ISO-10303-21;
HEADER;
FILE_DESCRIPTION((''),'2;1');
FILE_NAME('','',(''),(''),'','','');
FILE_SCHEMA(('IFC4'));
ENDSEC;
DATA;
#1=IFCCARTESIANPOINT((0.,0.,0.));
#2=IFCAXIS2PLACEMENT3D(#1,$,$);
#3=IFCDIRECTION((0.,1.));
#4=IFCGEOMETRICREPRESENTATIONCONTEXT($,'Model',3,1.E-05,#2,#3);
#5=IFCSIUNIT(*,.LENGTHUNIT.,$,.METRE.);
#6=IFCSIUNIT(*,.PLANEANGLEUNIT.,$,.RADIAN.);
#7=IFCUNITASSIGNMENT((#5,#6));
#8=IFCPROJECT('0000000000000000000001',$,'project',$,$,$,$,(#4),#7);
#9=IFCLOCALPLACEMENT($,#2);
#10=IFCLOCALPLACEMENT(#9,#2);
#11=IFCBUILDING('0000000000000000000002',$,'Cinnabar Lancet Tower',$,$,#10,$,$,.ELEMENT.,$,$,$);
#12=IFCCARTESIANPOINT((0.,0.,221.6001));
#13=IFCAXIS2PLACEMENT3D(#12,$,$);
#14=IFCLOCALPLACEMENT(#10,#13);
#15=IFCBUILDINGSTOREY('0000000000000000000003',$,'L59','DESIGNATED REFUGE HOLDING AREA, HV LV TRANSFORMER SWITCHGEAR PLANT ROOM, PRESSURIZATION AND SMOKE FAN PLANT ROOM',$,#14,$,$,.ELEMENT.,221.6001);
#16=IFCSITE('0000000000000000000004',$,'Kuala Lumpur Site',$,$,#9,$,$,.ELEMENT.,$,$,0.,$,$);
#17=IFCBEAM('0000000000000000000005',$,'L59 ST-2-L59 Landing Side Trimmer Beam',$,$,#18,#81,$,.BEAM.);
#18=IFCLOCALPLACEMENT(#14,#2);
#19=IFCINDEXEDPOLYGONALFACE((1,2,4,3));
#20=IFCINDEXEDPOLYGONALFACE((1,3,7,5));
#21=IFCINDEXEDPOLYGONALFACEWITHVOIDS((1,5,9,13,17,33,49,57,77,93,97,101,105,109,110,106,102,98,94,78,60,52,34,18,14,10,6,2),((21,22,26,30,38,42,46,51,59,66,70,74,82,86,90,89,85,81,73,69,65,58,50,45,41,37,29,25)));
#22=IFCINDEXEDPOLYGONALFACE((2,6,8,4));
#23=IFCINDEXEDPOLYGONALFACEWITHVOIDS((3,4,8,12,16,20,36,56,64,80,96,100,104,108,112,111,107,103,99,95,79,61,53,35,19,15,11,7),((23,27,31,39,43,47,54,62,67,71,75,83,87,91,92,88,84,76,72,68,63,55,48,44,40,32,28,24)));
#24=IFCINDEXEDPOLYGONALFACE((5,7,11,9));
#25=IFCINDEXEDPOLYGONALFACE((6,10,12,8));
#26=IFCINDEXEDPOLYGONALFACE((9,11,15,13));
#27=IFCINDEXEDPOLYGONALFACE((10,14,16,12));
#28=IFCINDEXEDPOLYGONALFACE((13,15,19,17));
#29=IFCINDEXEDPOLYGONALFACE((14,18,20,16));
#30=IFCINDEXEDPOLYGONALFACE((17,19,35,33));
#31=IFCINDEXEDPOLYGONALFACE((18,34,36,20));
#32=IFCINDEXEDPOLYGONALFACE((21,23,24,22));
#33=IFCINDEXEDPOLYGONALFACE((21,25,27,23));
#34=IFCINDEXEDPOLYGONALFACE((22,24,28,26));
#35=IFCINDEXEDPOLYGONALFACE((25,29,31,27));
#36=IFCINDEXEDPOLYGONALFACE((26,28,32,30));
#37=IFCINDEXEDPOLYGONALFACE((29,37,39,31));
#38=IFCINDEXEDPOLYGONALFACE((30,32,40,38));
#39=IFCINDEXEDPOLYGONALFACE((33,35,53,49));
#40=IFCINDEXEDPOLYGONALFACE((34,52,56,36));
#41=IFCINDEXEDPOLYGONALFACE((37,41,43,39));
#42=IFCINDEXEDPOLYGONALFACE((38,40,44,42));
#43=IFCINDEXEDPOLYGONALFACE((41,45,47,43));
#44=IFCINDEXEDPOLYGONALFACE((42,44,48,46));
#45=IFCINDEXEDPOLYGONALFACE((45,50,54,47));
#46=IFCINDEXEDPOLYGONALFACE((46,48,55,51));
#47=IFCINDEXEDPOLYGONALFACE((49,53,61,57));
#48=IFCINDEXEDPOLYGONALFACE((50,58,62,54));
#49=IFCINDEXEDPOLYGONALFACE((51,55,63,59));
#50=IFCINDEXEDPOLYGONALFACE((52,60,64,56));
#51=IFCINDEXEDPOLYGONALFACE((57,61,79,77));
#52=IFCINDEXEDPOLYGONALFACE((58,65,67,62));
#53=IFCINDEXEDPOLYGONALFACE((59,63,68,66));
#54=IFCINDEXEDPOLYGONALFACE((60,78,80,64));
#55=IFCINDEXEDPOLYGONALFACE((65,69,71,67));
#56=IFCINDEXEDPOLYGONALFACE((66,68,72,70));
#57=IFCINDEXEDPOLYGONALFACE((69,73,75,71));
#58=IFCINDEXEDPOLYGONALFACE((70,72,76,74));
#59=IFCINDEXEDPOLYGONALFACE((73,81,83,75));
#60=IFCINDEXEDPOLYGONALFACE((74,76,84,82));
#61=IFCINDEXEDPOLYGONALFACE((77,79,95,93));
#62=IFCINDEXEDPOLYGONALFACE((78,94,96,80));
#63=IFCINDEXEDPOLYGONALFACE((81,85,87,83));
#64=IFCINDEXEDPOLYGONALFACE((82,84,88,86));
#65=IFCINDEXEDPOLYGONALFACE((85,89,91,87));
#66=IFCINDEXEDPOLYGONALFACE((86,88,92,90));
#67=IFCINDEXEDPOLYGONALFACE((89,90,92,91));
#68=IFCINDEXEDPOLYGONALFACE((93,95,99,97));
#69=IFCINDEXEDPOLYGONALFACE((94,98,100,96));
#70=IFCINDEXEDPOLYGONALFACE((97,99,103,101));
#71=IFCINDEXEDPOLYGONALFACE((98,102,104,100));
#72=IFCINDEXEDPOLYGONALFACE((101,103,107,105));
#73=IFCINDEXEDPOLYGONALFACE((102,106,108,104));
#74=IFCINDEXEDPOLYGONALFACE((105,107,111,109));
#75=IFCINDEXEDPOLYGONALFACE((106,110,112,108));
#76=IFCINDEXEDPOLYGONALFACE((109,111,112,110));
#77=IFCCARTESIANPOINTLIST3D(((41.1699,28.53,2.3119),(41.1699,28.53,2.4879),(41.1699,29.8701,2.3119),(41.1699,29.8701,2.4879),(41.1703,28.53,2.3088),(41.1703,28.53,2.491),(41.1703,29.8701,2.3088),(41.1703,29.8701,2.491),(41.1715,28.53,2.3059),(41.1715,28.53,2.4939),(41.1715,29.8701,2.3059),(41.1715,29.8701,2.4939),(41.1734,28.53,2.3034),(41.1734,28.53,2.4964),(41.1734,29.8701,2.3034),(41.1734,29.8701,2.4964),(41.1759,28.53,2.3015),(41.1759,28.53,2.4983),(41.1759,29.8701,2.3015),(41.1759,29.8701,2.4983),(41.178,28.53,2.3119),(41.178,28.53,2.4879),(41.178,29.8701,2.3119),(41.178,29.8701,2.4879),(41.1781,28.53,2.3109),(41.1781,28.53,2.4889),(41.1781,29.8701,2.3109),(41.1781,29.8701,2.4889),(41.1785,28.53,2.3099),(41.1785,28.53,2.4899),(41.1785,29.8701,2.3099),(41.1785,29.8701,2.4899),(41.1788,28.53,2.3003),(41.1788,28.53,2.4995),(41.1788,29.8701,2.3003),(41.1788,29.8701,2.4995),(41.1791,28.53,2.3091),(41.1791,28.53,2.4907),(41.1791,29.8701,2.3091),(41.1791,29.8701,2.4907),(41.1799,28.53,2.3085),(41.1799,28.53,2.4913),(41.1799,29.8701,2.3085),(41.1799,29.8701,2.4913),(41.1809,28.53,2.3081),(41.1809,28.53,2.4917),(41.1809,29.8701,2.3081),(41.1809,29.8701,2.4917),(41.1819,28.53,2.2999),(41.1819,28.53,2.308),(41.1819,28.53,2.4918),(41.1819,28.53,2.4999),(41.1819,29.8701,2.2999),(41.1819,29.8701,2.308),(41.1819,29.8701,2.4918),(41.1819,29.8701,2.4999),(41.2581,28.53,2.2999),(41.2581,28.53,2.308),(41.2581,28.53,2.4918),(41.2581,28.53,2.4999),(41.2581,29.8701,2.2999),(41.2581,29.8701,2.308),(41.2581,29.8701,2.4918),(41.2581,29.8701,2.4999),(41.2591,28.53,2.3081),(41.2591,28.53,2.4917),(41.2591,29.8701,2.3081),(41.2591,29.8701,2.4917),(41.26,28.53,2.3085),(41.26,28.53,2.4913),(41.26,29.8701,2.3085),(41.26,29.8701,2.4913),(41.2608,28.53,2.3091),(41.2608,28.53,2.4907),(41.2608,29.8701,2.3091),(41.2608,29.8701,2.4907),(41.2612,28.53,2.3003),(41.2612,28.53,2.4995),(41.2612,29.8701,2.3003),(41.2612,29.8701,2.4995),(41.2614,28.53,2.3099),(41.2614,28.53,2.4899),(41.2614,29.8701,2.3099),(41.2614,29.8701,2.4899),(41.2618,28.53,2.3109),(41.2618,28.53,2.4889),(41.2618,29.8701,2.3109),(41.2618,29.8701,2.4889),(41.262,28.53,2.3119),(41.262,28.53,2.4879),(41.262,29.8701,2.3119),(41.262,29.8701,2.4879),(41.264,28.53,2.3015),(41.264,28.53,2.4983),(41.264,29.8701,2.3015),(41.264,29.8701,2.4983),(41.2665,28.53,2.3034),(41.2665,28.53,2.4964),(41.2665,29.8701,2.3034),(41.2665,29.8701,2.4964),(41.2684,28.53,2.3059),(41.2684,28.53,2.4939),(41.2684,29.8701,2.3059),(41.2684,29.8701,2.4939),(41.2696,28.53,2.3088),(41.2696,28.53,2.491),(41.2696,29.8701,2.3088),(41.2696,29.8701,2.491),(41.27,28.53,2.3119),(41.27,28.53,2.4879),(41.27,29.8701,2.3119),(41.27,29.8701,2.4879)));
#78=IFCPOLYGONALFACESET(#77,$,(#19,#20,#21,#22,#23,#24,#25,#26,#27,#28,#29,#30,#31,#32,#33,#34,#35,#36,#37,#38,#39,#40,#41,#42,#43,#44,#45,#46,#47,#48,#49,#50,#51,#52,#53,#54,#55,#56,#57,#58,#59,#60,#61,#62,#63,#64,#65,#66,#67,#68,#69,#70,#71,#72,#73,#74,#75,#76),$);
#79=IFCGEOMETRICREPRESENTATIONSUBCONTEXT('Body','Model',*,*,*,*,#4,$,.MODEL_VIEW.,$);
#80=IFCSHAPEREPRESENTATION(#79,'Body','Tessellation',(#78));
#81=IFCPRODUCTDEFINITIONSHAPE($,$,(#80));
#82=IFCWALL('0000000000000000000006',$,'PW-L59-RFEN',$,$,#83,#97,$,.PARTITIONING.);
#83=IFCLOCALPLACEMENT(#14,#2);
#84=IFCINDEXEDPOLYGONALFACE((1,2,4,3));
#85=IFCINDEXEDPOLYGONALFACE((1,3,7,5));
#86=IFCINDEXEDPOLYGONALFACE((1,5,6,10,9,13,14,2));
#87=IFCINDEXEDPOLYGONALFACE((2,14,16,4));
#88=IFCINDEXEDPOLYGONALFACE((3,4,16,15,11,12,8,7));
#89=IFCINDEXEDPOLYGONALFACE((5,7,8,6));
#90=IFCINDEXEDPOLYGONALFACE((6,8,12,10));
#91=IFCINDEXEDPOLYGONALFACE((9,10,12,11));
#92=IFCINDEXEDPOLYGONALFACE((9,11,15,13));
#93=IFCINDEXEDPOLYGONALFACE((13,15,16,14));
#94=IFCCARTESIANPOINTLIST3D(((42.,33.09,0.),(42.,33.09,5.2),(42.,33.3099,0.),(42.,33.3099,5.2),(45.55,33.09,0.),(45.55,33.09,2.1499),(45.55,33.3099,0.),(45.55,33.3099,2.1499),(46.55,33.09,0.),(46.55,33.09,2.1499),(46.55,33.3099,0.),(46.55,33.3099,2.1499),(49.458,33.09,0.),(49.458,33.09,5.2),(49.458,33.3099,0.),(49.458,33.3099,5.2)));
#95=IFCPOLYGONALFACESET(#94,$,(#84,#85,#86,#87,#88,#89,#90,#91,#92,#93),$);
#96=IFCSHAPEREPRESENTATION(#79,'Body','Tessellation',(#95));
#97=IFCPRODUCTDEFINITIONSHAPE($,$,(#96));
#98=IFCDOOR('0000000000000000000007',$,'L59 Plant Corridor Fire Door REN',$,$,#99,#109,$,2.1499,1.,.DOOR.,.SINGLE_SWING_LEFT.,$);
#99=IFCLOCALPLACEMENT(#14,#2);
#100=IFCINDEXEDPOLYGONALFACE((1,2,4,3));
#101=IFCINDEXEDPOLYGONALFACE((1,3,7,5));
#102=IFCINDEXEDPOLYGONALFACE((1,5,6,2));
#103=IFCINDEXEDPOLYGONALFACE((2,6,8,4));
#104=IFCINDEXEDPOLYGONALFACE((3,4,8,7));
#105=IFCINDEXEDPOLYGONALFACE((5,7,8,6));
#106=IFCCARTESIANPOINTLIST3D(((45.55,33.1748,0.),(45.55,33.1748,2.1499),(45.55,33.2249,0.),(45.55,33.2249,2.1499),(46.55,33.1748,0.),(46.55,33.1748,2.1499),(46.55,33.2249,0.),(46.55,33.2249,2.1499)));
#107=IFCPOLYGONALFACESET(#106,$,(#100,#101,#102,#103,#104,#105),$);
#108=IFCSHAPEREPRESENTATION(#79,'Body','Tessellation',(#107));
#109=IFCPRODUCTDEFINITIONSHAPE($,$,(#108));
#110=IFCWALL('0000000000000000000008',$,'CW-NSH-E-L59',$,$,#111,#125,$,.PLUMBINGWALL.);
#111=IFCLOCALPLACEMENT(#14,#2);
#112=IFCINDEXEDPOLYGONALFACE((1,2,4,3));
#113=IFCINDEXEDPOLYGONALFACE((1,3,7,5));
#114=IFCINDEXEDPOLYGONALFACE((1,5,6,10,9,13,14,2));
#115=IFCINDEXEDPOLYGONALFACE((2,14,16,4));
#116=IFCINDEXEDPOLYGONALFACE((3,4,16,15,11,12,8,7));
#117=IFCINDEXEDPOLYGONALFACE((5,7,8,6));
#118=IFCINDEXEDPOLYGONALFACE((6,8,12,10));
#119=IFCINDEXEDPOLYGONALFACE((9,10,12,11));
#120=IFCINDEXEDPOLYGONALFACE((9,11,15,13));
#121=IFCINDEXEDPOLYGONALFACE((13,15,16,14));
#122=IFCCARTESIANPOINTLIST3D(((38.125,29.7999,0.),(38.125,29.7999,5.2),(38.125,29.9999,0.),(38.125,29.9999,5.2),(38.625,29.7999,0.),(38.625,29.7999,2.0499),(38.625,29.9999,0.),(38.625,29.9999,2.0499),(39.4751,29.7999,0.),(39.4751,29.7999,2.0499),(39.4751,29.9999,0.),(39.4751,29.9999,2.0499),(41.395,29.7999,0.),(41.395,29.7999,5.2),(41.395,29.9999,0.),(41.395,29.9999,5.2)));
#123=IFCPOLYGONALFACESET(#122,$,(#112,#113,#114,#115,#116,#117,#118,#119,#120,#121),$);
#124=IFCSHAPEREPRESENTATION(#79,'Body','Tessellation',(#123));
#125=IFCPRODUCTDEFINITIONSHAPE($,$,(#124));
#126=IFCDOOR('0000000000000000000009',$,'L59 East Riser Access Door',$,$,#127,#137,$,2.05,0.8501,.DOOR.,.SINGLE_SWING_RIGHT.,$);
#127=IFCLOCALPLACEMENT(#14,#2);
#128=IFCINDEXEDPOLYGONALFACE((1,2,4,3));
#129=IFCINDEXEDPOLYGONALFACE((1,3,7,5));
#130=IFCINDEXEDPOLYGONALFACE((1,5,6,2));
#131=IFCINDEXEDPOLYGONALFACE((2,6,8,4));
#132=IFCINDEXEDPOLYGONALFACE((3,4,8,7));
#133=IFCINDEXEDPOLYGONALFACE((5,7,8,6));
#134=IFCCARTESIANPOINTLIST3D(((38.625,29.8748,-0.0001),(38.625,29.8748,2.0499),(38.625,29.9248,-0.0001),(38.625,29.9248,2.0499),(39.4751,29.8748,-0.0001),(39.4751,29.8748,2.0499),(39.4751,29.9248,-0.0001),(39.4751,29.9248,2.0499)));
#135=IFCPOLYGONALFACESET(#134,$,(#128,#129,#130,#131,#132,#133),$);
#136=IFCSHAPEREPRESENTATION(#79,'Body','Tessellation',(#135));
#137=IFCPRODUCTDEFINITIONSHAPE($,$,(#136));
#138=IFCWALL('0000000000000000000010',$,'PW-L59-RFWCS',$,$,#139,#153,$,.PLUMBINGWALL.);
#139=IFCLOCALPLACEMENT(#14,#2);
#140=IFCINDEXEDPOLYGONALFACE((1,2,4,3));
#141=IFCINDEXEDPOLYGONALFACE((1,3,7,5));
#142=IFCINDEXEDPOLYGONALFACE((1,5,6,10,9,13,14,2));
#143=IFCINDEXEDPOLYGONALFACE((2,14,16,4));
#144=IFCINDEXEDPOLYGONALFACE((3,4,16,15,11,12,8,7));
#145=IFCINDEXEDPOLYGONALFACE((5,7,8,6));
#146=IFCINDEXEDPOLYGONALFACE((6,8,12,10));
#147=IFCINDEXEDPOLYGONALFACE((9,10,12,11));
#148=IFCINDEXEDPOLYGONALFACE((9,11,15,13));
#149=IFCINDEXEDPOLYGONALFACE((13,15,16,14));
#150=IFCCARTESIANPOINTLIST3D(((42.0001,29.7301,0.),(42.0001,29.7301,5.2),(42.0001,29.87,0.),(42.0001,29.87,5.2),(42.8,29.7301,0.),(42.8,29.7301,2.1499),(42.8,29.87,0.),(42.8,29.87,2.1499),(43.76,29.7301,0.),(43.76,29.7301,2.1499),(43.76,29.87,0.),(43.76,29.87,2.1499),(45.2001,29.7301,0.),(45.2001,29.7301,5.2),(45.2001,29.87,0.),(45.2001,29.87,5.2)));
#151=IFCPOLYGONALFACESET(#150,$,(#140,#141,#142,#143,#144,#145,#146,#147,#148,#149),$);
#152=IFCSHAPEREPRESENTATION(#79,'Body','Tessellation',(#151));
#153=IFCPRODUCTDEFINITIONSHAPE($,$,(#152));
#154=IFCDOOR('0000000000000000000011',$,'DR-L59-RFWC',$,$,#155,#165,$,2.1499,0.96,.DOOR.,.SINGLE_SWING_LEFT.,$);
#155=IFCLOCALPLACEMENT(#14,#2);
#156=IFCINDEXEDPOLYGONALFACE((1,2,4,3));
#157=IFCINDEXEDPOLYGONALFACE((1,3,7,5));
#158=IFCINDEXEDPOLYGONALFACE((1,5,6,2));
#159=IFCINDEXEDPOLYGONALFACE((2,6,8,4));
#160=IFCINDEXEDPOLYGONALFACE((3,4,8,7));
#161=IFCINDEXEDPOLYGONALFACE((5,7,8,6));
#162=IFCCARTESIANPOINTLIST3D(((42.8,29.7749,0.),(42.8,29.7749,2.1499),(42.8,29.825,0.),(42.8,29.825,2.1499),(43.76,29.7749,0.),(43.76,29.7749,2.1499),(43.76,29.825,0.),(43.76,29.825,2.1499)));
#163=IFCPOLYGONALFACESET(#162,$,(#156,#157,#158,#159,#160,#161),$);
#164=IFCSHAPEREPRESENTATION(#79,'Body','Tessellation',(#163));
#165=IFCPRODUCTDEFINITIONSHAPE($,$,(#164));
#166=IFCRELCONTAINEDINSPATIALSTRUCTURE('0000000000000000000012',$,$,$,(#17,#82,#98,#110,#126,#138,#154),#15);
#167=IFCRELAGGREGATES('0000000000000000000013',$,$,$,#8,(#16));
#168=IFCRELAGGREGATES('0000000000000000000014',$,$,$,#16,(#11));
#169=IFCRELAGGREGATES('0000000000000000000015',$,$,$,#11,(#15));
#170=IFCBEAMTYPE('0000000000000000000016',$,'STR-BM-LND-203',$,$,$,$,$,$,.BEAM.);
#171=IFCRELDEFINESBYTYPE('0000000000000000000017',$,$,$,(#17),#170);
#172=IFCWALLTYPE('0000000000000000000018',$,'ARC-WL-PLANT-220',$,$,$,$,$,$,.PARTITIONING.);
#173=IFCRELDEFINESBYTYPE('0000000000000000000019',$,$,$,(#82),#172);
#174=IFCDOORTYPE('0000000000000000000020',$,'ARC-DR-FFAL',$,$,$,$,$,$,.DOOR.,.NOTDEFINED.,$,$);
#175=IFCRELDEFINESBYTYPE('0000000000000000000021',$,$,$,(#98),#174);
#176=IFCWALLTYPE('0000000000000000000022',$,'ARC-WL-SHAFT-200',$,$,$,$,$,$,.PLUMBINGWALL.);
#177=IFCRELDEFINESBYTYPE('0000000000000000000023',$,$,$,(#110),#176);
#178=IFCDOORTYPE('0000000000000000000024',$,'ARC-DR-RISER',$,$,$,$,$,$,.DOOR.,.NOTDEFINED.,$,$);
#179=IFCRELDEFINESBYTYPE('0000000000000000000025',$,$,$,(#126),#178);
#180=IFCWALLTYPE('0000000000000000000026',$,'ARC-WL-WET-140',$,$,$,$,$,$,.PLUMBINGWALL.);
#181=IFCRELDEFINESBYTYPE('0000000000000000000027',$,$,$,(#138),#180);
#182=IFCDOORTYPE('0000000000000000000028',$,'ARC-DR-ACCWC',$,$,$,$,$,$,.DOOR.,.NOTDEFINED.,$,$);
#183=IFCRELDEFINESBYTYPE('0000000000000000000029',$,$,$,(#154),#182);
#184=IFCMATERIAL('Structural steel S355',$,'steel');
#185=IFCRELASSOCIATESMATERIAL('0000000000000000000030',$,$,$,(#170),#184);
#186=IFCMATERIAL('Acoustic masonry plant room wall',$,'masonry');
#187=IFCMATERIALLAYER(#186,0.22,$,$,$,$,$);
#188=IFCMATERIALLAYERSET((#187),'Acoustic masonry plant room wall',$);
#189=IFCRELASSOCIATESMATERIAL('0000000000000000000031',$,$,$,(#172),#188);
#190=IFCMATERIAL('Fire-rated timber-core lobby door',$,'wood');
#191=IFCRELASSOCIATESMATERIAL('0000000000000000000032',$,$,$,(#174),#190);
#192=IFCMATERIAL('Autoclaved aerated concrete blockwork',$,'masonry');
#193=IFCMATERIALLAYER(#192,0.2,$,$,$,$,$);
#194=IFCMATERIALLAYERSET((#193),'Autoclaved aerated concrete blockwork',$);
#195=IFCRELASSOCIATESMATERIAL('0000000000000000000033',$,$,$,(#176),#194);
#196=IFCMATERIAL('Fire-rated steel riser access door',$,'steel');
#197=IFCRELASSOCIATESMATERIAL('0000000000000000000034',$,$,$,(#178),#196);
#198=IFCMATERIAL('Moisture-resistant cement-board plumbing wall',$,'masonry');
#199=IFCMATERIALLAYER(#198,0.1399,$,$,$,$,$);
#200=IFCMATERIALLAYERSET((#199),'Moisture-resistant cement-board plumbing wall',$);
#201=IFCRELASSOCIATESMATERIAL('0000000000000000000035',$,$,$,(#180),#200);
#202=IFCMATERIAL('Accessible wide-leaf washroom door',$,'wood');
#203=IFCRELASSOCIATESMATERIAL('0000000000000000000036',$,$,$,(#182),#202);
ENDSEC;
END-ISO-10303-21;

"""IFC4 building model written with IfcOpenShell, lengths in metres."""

from ifc_helpers import new_model, si_unit, direction, frame, frame_2d, origin, origin_2d, place, context, subcontext, project, spatial, rectangle, hollow_rectangle, extrude, material, layer, layer_set, material_profile, profile_set, type_object, element, fill, save


model = new_model("IFC4")

# Units and contexts
model_context = context("Model", 3, precision=1e-05, world=origin(), true_north=direction((0.0, 1.0)))
body_context = subcontext(model_context, "Body", "Model", "MODEL_VIEW")
ifc_project = project(units=[si_unit("LENGTHUNIT", "METRE"), si_unit("PLANEANGLEUNIT", "RADIAN")], contexts=[model_context])

# Site, building, storey
site_placement = place(None, origin())
site = spatial("IfcSite", under=ifc_project, at=site_placement, Name="Kuala Lumpur Site", CompositionType="ELEMENT", RefElevation=0.0)
building_placement = place(site_placement, origin())
building = spatial("IfcBuilding", under=site, at=building_placement, Name="Cinnabar Lancet Tower", CompositionType="ELEMENT")
storey_placement = place(building_placement, frame((0.0, 0.0, 221.6001)))
storey = spatial("IfcBuildingStorey", under=building, at=storey_placement, Name="L59", Description="DESIGNATED REFUGE HOLDING AREA, HV LV TRANSFORMER SWITCHGEAR PLANT ROOM, PRESSURIZATION AND SMOKE FAN PLANT ROOM", CompositionType="ELEMENT", Elevation=221.6001)

# Beam
ifc_material_1 = material(Name="Structural steel S355", Category="steel")
ifc_material_profile_1 = material_profile(ifc_material_1, hollow_rectangle(XDim=0.1001, YDim=0.2, WallThickness=0.0081, InnerFilletRadius=0.0039, OuterFilletRadius=0.012, at=origin_2d()), Name="RHS 200x100x8")
ifc_profile_set_1 = profile_set([ifc_material_profile_1], Name="Structural steel S355")
beam_type = type_object("IfcBeamType", Name="STR-BM-LND-203", PredefinedType="BEAM", material=ifc_profile_set_1)
beam_placement = place(storey_placement, frame((41.22, 28.53, 2.3999), z_axis=(0.0, 1.0, 0.0), x_axis=(-1.0, 0.0, 0.0)))
element("IfcBeam", 1, at=beam_placement, inside=storey, type_object=beam_type, Name="L59 ST-2-L59 Landing Side Trimmer Beam", PredefinedType="BEAM", context=body_context, shape_type="SweptSolid", body=[
    extrude(hollow_rectangle(XDim=0.1001, YDim=0.2, WallThickness=0.0081, InnerFilletRadius=0.0039, OuterFilletRadius=0.012, at=origin_2d()), origin(), (0.0, 0.0, 1.0), 1.3401),
])

# Walls, openings, doors
ifc_material_2 = material(Name="Acoustic masonry plant room wall", Category="masonry")
ifc_layer_1 = layer(ifc_material_2, 0.22)
ifc_layer_set_1 = layer_set([ifc_layer_1], Name="Acoustic masonry plant room wall")
wall_type_1 = type_object("IfcWallType", Name="ARC-WL-PLANT-220", PredefinedType="PARTITIONING", material=ifc_layer_set_1)
wall_1_placement = place(storey_placement, frame((42.0, 33.2, 0.0), z_axis=(0.0, 0.0, 1.0), x_axis=(1.0, 0.0, 0.0)))
wall_1 = element("IfcWall", 2, at=wall_1_placement, inside=storey, type_object=wall_type_1, Name="PW-L59-RFEN", PredefinedType="PARTITIONING", context=body_context, shape_type="SweptSolid", body=[
    extrude(rectangle(XDim=7.458, YDim=0.22, at=frame_2d((3.729, 0.0))), origin(), (0.0, 0.0, 1.0), 5.2),
])
opening_1_placement = place(wall_1_placement, frame((3.55, 0.0, 0.0)))
opening_1 = element("IfcOpeningElement", 3, at=opening_1_placement, cuts=wall_1, PredefinedType="OPENING", context=body_context, shape_type="SweptSolid", body=[
    extrude(rectangle(XDim=1.0, YDim=2.1499, at=frame_2d((0.5, 1.075))), frame((0.0, 0.1199, 0.0), z_axis=(0.0, -1.0, 0.0), x_axis=(1.0, 0.0, 0.0)), (0.0, 0.0, 1.0), 0.24),
])
ifc_material_3 = material(Name="Fire-rated timber-core lobby door", Category="wood")
door_type_1 = type_object("IfcDoorType", Name="ARC-DR-FFAL", OperationType="NOTDEFINED", PredefinedType="DOOR", material=ifc_material_3)
door_1_placement = place(opening_1_placement, origin())
door_1 = element("IfcDoor", 4, at=door_1_placement, inside=storey, type_object=door_type_1, Name="L59 Plant Corridor Fire Door REN", OperationType="SINGLE_SWING_LEFT", OverallHeight=2.1499, OverallWidth=1.0, PredefinedType="DOOR", context=body_context, shape_type="SweptSolid", body=[
    extrude(rectangle(XDim=1.0, YDim=2.1499, at=frame_2d((0.5, 1.075))), frame((0.0, 0.0249, 0.0), z_axis=(0.0, -1.0, 0.0), x_axis=(1.0, 0.0, 0.0)), (0.0, 0.0, 1.0), 0.05),
])
fill(opening_1, door_1)
ifc_material_4 = material(Name="Autoclaved aerated concrete blockwork", Category="masonry")
ifc_layer_2 = layer(ifc_material_4, 0.2)
ifc_layer_set_2 = layer_set([ifc_layer_2], Name="Autoclaved aerated concrete blockwork")
wall_type_2 = type_object("IfcWallType", Name="ARC-WL-SHAFT-200", PredefinedType="PLUMBINGWALL", material=ifc_layer_set_2)
wall_2_placement = place(storey_placement, frame((38.125, 29.8999, 0.0), z_axis=(0.0, 0.0, 1.0), x_axis=(1.0, 0.0, 0.0)))
wall_2 = element("IfcWall", 5, at=wall_2_placement, inside=storey, type_object=wall_type_2, Name="CW-NSH-E-L59", PredefinedType="PLUMBINGWALL", context=body_context, shape_type="SweptSolid", body=[
    extrude(rectangle(XDim=3.27, YDim=0.2, at=frame_2d((1.635, 0.0))), origin(), (0.0, 0.0, 1.0), 5.2),
])
opening_2_placement = place(wall_2_placement, frame((0.5, 0.0, 0.0)))
opening_2 = element("IfcOpeningElement", 6, at=opening_2_placement, cuts=wall_2, PredefinedType="OPENING", context=body_context, shape_type="SweptSolid", body=[
    extrude(rectangle(XDim=0.8501, YDim=2.05, at=frame_2d((0.425, 1.0249))), frame((0.0, 0.1099, 0.0), z_axis=(0.0, -1.0, 0.0), x_axis=(1.0, 0.0, 0.0)), (0.0, 0.0, 1.0), 0.22),
])
ifc_material_5 = material(Name="Fire-rated steel riser access door", Category="steel")
door_type_2 = type_object("IfcDoorType", Name="ARC-DR-RISER", OperationType="NOTDEFINED", PredefinedType="DOOR", material=ifc_material_5)
door_2_placement = place(opening_2_placement, origin())
door_2 = element("IfcDoor", 7, at=door_2_placement, inside=storey, type_object=door_type_2, Name="L59 East Riser Access Door", OperationType="SINGLE_SWING_RIGHT", OverallHeight=2.05, OverallWidth=0.8501, PredefinedType="DOOR", context=body_context, shape_type="SweptSolid", body=[
    extrude(rectangle(XDim=0.8501, YDim=2.05, at=frame_2d((0.425, 1.0249))), frame((0.0, 0.0249, 0.0), z_axis=(0.0, -1.0, 0.0), x_axis=(1.0, 0.0, 0.0)), (0.0, 0.0, 1.0), 0.05),
])
fill(opening_2, door_2)
ifc_material_6 = material(Name="Moisture-resistant cement-board plumbing wall", Category="masonry")
ifc_layer_3 = layer(ifc_material_6, 0.1399)
ifc_layer_set_3 = layer_set([ifc_layer_3], Name="Moisture-resistant cement-board plumbing wall")
wall_type_3 = type_object("IfcWallType", Name="ARC-WL-WET-140", PredefinedType="PLUMBINGWALL", material=ifc_layer_set_3)
wall_3_placement = place(storey_placement, frame((42.0, 29.8, 0.0), z_axis=(0.0, 0.0, 1.0), x_axis=(1.0, 0.0, 0.0)))
wall_3 = element("IfcWall", 8, at=wall_3_placement, inside=storey, type_object=wall_type_3, Name="PW-L59-RFWCS", PredefinedType="PLUMBINGWALL", context=body_context, shape_type="SweptSolid", body=[
    extrude(rectangle(XDim=3.2, YDim=0.1399, at=frame_2d((1.6001, 0.0))), origin(), (0.0, 0.0, 1.0), 5.2),
])
opening_3_placement = place(wall_3_placement, frame((0.8, 0.0, 0.0)))
opening_3 = element("IfcOpeningElement", 9, at=opening_3_placement, cuts=wall_3, PredefinedType="OPENING", context=body_context, shape_type="SweptSolid", body=[
    extrude(rectangle(XDim=0.96, YDim=2.1499, at=frame_2d((0.48, 1.075))), frame((0.0, 0.0798, 0.0), z_axis=(0.0, -1.0, 0.0), x_axis=(1.0, 0.0, 0.0)), (0.0, 0.0, 1.0), 0.1599),
])
ifc_material_7 = material(Name="Accessible wide-leaf washroom door", Category="wood")
door_type_3 = type_object("IfcDoorType", Name="ARC-DR-ACCWC", OperationType="NOTDEFINED", PredefinedType="DOOR", material=ifc_material_7)
door_3_placement = place(opening_3_placement, origin())
door_3 = element("IfcDoor", 10, at=door_3_placement, inside=storey, type_object=door_type_3, Name="DR-L59-RFWC", OperationType="SINGLE_SWING_LEFT", OverallHeight=2.1499, OverallWidth=0.96, PredefinedType="DOOR", context=body_context, shape_type="SweptSolid", body=[
    extrude(rectangle(XDim=0.96, YDim=2.1499, at=frame_2d((0.48, 1.075))), frame((0.0, 0.0249, 0.0), z_axis=(0.0, -1.0, 0.0), x_axis=(1.0, 0.0, 0.0)), (0.0, 0.0, 1.0), 0.05),
])
fill(opening_3, door_3)

save(model, "model.ifc")
